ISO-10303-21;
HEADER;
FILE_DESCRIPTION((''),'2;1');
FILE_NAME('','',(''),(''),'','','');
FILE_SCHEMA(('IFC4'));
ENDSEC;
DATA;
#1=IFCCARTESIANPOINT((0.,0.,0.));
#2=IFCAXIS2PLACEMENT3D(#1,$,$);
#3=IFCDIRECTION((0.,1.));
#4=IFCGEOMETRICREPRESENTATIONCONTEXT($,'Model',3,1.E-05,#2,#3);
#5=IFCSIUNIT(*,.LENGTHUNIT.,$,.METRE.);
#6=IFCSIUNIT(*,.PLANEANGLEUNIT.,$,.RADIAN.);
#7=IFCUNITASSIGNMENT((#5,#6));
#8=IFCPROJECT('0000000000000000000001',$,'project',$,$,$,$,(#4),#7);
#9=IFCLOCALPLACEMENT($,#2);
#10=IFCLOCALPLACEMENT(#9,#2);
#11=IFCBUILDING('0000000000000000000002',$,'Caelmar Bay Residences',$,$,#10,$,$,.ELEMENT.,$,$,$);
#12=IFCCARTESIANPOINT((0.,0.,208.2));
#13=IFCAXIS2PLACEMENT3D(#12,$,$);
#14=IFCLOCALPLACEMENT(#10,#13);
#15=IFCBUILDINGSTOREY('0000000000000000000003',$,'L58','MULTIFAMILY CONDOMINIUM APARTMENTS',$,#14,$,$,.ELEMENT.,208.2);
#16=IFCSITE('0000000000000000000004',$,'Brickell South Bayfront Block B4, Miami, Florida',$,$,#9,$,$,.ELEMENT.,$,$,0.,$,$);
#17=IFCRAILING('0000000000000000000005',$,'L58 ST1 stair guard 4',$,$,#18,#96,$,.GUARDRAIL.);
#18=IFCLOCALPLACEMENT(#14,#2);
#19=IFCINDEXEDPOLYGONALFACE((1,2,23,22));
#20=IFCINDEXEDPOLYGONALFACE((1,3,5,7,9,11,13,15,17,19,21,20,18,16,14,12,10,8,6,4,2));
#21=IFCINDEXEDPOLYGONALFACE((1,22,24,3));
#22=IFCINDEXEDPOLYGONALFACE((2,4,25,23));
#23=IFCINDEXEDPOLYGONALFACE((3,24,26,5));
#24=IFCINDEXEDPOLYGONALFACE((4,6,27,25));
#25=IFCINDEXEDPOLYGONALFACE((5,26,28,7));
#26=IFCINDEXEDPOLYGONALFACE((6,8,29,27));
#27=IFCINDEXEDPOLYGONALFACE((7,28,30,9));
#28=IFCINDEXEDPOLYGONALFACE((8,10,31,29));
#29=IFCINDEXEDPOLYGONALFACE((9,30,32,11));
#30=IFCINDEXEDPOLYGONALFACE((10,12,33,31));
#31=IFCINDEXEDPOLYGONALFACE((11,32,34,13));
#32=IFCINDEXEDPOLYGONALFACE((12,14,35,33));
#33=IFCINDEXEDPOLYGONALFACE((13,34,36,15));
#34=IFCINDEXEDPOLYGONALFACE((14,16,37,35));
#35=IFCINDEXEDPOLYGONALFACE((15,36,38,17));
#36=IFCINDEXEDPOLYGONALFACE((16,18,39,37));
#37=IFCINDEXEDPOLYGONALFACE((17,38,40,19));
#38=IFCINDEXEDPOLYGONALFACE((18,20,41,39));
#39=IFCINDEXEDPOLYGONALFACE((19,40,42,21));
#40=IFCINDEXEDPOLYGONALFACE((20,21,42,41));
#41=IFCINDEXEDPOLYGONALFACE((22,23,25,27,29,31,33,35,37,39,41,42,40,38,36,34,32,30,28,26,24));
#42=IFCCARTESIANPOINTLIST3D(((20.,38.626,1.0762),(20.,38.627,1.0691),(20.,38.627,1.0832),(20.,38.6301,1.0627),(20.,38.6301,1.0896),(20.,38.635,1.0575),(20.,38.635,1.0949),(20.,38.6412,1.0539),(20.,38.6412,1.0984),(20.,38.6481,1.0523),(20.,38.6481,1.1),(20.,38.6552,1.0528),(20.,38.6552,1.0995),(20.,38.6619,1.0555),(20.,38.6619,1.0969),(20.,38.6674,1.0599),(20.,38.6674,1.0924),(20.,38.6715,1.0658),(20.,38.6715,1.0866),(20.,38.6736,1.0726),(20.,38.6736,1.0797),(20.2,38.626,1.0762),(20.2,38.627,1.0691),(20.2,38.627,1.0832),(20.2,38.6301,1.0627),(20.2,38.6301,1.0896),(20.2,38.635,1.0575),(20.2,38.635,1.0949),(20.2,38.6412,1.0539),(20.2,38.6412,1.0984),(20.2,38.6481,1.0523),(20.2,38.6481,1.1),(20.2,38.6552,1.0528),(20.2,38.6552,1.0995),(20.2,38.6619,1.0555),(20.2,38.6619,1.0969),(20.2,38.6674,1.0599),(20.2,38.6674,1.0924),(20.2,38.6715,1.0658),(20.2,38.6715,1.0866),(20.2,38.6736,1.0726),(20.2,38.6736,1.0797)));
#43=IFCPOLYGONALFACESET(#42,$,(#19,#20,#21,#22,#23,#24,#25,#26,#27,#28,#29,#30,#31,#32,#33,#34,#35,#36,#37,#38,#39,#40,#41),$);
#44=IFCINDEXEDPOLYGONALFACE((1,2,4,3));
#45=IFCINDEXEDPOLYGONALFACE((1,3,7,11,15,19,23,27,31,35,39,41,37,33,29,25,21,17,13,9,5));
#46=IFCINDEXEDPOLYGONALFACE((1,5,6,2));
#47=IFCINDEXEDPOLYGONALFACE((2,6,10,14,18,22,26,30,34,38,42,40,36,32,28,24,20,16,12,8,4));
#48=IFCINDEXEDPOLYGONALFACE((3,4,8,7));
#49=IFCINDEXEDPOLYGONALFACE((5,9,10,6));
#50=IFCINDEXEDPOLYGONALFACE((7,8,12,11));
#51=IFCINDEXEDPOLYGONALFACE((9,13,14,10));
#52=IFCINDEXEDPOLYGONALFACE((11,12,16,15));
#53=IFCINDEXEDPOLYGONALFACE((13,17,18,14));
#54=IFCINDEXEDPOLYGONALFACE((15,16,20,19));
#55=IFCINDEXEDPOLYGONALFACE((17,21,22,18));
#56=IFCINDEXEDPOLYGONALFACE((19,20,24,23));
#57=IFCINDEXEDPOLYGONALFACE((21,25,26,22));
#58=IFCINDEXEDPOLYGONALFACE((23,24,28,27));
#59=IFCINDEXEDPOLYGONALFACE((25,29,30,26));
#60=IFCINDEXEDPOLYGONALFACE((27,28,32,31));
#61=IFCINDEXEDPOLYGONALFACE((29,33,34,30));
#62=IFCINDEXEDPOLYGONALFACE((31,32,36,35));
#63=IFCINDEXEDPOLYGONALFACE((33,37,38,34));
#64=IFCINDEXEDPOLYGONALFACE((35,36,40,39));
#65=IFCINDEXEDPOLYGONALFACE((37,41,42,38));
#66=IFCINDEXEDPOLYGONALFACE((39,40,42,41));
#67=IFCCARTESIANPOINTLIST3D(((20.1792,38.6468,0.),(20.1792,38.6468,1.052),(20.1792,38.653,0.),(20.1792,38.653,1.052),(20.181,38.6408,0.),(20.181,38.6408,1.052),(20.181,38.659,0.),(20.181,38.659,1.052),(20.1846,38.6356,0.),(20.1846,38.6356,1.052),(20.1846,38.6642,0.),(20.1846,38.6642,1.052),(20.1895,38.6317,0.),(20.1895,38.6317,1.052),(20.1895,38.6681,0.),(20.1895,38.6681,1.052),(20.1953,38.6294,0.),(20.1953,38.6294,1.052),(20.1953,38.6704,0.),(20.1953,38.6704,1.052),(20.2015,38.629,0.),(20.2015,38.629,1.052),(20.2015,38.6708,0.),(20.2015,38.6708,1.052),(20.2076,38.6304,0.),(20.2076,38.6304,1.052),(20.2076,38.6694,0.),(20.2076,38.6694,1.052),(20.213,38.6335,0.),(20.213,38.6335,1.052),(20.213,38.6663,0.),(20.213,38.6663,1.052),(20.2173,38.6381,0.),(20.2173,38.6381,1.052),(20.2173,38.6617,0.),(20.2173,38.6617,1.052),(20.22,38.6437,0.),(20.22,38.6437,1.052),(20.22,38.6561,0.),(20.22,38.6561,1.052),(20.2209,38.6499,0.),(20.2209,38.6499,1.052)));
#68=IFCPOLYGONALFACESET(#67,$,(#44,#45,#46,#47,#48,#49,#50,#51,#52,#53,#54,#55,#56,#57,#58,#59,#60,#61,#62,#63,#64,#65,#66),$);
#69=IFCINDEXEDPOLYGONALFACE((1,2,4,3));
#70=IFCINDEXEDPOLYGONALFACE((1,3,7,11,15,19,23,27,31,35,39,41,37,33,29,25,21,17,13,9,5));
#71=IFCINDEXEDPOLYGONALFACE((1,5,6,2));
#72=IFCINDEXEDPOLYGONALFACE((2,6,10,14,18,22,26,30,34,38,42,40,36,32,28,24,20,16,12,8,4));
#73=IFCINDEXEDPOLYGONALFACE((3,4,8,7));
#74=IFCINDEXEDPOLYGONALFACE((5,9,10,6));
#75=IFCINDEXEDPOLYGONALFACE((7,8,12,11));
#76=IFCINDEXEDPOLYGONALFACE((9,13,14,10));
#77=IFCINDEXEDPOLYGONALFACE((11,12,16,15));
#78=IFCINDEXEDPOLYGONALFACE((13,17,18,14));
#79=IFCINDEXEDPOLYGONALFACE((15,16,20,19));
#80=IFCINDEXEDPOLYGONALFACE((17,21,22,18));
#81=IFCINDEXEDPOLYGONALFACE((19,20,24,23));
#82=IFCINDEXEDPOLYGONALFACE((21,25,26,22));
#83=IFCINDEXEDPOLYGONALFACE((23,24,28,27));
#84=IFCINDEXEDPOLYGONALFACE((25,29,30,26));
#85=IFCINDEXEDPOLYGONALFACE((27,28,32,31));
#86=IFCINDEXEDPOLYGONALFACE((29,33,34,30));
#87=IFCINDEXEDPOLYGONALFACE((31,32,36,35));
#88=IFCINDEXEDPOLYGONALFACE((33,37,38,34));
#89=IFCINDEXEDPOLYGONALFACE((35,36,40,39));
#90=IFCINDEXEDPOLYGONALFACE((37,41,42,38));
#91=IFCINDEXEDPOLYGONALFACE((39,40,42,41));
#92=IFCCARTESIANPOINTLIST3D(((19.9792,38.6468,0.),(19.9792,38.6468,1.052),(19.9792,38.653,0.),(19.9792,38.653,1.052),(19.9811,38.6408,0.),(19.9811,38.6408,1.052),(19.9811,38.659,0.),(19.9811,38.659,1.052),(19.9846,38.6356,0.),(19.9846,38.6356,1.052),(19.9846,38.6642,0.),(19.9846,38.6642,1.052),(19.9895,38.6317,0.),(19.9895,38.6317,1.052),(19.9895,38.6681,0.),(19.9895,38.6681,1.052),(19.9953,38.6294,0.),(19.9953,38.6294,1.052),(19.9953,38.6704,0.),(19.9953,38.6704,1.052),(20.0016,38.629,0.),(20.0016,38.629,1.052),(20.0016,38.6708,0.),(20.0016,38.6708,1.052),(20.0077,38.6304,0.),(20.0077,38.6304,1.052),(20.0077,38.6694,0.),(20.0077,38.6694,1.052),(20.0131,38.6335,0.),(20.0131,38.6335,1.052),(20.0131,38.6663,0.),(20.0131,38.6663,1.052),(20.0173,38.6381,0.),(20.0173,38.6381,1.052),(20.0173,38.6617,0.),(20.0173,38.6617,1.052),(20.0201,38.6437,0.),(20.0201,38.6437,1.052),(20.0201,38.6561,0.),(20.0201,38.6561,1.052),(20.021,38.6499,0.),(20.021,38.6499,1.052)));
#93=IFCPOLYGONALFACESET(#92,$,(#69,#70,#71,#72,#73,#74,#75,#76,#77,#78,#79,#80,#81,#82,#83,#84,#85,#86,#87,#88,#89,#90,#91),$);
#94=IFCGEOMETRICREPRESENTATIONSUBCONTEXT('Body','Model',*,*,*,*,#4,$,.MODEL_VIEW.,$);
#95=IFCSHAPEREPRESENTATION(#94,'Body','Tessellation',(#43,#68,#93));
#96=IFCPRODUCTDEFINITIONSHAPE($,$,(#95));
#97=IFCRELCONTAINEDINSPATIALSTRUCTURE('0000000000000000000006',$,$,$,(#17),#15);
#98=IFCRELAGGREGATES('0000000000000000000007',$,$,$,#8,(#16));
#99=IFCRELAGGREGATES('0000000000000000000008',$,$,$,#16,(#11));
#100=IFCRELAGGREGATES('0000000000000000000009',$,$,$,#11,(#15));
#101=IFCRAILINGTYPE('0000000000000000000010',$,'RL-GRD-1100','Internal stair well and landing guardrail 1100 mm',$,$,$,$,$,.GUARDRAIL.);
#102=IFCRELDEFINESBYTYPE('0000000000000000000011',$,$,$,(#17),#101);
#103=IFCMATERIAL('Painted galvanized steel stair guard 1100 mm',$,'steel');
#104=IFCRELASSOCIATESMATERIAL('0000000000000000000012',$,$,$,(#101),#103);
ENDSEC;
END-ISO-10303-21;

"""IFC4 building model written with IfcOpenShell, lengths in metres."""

from ifc_helpers import new_model, si_unit, direction, frame, origin, origin_2d, place, context, subcontext, project, spatial, circle, extrude, material, type_object, element, save


model = new_model("IFC4")

# Units and contexts
model_context = context("Model", 3, precision=1e-05, world=origin(), true_north=direction((0.0, 1.0)))
body_context = subcontext(model_context, "Body", "Model", "MODEL_VIEW")
ifc_project = project(units=[si_unit("LENGTHUNIT", "METRE"), si_unit("PLANEANGLEUNIT", "RADIAN")], contexts=[model_context])

# Site, building, storey
site_placement = place(None, origin())
site = spatial("IfcSite", under=ifc_project, at=site_placement, Name="Brickell South Bayfront Block B4, Miami, Florida", CompositionType="ELEMENT", RefElevation=0.0)
building_placement = place(site_placement, origin())
building = spatial("IfcBuilding", under=site, at=building_placement, Name="Caelmar Bay Residences", CompositionType="ELEMENT")
storey_placement = place(building_placement, frame((0.0, 0.0, 208.2)))
storey = spatial("IfcBuildingStorey", under=building, at=storey_placement, Name="L58", Description="MULTIFAMILY CONDOMINIUM APARTMENTS", CompositionType="ELEMENT", Elevation=208.2)

# Railing
ifc_material_1 = material(Name="Painted galvanized steel stair guard 1100 mm", Category="steel")
railing_type = type_object("IfcRailingType", Name="RL-GRD-1100", Description="Internal stair well and landing guardrail 1100 mm", PredefinedType="GUARDRAIL", material=ifc_material_1)
railing_placement = place(storey_placement, frame((20.2, 38.6499, 0.0)))
element("IfcRailing", 1, at=railing_placement, inside=storey, type_object=railing_type, Name="L58 ST1 stair guard 4", PredefinedType="GUARDRAIL", context=body_context, shape_type="SweptSolid", body=[
    extrude(circle(Radius=0.0239, at=origin_2d()), frame((0.0, 0.0, 1.0762), z_axis=(-1.0, 0.0, 0.0), x_axis=(0.0, -1.0, 0.0)), (0.0, 0.0, 1.0), 0.2),
    extrude(circle(Radius=0.021, at=origin_2d()), origin(), (0.0, 0.0, 1.0), 1.052),
    extrude(circle(Radius=0.021, at=origin_2d()), frame((-0.2, 0.0, 0.0)), (0.0, 0.0, 1.0), 1.052),
])

save(model, "model.ifc")
